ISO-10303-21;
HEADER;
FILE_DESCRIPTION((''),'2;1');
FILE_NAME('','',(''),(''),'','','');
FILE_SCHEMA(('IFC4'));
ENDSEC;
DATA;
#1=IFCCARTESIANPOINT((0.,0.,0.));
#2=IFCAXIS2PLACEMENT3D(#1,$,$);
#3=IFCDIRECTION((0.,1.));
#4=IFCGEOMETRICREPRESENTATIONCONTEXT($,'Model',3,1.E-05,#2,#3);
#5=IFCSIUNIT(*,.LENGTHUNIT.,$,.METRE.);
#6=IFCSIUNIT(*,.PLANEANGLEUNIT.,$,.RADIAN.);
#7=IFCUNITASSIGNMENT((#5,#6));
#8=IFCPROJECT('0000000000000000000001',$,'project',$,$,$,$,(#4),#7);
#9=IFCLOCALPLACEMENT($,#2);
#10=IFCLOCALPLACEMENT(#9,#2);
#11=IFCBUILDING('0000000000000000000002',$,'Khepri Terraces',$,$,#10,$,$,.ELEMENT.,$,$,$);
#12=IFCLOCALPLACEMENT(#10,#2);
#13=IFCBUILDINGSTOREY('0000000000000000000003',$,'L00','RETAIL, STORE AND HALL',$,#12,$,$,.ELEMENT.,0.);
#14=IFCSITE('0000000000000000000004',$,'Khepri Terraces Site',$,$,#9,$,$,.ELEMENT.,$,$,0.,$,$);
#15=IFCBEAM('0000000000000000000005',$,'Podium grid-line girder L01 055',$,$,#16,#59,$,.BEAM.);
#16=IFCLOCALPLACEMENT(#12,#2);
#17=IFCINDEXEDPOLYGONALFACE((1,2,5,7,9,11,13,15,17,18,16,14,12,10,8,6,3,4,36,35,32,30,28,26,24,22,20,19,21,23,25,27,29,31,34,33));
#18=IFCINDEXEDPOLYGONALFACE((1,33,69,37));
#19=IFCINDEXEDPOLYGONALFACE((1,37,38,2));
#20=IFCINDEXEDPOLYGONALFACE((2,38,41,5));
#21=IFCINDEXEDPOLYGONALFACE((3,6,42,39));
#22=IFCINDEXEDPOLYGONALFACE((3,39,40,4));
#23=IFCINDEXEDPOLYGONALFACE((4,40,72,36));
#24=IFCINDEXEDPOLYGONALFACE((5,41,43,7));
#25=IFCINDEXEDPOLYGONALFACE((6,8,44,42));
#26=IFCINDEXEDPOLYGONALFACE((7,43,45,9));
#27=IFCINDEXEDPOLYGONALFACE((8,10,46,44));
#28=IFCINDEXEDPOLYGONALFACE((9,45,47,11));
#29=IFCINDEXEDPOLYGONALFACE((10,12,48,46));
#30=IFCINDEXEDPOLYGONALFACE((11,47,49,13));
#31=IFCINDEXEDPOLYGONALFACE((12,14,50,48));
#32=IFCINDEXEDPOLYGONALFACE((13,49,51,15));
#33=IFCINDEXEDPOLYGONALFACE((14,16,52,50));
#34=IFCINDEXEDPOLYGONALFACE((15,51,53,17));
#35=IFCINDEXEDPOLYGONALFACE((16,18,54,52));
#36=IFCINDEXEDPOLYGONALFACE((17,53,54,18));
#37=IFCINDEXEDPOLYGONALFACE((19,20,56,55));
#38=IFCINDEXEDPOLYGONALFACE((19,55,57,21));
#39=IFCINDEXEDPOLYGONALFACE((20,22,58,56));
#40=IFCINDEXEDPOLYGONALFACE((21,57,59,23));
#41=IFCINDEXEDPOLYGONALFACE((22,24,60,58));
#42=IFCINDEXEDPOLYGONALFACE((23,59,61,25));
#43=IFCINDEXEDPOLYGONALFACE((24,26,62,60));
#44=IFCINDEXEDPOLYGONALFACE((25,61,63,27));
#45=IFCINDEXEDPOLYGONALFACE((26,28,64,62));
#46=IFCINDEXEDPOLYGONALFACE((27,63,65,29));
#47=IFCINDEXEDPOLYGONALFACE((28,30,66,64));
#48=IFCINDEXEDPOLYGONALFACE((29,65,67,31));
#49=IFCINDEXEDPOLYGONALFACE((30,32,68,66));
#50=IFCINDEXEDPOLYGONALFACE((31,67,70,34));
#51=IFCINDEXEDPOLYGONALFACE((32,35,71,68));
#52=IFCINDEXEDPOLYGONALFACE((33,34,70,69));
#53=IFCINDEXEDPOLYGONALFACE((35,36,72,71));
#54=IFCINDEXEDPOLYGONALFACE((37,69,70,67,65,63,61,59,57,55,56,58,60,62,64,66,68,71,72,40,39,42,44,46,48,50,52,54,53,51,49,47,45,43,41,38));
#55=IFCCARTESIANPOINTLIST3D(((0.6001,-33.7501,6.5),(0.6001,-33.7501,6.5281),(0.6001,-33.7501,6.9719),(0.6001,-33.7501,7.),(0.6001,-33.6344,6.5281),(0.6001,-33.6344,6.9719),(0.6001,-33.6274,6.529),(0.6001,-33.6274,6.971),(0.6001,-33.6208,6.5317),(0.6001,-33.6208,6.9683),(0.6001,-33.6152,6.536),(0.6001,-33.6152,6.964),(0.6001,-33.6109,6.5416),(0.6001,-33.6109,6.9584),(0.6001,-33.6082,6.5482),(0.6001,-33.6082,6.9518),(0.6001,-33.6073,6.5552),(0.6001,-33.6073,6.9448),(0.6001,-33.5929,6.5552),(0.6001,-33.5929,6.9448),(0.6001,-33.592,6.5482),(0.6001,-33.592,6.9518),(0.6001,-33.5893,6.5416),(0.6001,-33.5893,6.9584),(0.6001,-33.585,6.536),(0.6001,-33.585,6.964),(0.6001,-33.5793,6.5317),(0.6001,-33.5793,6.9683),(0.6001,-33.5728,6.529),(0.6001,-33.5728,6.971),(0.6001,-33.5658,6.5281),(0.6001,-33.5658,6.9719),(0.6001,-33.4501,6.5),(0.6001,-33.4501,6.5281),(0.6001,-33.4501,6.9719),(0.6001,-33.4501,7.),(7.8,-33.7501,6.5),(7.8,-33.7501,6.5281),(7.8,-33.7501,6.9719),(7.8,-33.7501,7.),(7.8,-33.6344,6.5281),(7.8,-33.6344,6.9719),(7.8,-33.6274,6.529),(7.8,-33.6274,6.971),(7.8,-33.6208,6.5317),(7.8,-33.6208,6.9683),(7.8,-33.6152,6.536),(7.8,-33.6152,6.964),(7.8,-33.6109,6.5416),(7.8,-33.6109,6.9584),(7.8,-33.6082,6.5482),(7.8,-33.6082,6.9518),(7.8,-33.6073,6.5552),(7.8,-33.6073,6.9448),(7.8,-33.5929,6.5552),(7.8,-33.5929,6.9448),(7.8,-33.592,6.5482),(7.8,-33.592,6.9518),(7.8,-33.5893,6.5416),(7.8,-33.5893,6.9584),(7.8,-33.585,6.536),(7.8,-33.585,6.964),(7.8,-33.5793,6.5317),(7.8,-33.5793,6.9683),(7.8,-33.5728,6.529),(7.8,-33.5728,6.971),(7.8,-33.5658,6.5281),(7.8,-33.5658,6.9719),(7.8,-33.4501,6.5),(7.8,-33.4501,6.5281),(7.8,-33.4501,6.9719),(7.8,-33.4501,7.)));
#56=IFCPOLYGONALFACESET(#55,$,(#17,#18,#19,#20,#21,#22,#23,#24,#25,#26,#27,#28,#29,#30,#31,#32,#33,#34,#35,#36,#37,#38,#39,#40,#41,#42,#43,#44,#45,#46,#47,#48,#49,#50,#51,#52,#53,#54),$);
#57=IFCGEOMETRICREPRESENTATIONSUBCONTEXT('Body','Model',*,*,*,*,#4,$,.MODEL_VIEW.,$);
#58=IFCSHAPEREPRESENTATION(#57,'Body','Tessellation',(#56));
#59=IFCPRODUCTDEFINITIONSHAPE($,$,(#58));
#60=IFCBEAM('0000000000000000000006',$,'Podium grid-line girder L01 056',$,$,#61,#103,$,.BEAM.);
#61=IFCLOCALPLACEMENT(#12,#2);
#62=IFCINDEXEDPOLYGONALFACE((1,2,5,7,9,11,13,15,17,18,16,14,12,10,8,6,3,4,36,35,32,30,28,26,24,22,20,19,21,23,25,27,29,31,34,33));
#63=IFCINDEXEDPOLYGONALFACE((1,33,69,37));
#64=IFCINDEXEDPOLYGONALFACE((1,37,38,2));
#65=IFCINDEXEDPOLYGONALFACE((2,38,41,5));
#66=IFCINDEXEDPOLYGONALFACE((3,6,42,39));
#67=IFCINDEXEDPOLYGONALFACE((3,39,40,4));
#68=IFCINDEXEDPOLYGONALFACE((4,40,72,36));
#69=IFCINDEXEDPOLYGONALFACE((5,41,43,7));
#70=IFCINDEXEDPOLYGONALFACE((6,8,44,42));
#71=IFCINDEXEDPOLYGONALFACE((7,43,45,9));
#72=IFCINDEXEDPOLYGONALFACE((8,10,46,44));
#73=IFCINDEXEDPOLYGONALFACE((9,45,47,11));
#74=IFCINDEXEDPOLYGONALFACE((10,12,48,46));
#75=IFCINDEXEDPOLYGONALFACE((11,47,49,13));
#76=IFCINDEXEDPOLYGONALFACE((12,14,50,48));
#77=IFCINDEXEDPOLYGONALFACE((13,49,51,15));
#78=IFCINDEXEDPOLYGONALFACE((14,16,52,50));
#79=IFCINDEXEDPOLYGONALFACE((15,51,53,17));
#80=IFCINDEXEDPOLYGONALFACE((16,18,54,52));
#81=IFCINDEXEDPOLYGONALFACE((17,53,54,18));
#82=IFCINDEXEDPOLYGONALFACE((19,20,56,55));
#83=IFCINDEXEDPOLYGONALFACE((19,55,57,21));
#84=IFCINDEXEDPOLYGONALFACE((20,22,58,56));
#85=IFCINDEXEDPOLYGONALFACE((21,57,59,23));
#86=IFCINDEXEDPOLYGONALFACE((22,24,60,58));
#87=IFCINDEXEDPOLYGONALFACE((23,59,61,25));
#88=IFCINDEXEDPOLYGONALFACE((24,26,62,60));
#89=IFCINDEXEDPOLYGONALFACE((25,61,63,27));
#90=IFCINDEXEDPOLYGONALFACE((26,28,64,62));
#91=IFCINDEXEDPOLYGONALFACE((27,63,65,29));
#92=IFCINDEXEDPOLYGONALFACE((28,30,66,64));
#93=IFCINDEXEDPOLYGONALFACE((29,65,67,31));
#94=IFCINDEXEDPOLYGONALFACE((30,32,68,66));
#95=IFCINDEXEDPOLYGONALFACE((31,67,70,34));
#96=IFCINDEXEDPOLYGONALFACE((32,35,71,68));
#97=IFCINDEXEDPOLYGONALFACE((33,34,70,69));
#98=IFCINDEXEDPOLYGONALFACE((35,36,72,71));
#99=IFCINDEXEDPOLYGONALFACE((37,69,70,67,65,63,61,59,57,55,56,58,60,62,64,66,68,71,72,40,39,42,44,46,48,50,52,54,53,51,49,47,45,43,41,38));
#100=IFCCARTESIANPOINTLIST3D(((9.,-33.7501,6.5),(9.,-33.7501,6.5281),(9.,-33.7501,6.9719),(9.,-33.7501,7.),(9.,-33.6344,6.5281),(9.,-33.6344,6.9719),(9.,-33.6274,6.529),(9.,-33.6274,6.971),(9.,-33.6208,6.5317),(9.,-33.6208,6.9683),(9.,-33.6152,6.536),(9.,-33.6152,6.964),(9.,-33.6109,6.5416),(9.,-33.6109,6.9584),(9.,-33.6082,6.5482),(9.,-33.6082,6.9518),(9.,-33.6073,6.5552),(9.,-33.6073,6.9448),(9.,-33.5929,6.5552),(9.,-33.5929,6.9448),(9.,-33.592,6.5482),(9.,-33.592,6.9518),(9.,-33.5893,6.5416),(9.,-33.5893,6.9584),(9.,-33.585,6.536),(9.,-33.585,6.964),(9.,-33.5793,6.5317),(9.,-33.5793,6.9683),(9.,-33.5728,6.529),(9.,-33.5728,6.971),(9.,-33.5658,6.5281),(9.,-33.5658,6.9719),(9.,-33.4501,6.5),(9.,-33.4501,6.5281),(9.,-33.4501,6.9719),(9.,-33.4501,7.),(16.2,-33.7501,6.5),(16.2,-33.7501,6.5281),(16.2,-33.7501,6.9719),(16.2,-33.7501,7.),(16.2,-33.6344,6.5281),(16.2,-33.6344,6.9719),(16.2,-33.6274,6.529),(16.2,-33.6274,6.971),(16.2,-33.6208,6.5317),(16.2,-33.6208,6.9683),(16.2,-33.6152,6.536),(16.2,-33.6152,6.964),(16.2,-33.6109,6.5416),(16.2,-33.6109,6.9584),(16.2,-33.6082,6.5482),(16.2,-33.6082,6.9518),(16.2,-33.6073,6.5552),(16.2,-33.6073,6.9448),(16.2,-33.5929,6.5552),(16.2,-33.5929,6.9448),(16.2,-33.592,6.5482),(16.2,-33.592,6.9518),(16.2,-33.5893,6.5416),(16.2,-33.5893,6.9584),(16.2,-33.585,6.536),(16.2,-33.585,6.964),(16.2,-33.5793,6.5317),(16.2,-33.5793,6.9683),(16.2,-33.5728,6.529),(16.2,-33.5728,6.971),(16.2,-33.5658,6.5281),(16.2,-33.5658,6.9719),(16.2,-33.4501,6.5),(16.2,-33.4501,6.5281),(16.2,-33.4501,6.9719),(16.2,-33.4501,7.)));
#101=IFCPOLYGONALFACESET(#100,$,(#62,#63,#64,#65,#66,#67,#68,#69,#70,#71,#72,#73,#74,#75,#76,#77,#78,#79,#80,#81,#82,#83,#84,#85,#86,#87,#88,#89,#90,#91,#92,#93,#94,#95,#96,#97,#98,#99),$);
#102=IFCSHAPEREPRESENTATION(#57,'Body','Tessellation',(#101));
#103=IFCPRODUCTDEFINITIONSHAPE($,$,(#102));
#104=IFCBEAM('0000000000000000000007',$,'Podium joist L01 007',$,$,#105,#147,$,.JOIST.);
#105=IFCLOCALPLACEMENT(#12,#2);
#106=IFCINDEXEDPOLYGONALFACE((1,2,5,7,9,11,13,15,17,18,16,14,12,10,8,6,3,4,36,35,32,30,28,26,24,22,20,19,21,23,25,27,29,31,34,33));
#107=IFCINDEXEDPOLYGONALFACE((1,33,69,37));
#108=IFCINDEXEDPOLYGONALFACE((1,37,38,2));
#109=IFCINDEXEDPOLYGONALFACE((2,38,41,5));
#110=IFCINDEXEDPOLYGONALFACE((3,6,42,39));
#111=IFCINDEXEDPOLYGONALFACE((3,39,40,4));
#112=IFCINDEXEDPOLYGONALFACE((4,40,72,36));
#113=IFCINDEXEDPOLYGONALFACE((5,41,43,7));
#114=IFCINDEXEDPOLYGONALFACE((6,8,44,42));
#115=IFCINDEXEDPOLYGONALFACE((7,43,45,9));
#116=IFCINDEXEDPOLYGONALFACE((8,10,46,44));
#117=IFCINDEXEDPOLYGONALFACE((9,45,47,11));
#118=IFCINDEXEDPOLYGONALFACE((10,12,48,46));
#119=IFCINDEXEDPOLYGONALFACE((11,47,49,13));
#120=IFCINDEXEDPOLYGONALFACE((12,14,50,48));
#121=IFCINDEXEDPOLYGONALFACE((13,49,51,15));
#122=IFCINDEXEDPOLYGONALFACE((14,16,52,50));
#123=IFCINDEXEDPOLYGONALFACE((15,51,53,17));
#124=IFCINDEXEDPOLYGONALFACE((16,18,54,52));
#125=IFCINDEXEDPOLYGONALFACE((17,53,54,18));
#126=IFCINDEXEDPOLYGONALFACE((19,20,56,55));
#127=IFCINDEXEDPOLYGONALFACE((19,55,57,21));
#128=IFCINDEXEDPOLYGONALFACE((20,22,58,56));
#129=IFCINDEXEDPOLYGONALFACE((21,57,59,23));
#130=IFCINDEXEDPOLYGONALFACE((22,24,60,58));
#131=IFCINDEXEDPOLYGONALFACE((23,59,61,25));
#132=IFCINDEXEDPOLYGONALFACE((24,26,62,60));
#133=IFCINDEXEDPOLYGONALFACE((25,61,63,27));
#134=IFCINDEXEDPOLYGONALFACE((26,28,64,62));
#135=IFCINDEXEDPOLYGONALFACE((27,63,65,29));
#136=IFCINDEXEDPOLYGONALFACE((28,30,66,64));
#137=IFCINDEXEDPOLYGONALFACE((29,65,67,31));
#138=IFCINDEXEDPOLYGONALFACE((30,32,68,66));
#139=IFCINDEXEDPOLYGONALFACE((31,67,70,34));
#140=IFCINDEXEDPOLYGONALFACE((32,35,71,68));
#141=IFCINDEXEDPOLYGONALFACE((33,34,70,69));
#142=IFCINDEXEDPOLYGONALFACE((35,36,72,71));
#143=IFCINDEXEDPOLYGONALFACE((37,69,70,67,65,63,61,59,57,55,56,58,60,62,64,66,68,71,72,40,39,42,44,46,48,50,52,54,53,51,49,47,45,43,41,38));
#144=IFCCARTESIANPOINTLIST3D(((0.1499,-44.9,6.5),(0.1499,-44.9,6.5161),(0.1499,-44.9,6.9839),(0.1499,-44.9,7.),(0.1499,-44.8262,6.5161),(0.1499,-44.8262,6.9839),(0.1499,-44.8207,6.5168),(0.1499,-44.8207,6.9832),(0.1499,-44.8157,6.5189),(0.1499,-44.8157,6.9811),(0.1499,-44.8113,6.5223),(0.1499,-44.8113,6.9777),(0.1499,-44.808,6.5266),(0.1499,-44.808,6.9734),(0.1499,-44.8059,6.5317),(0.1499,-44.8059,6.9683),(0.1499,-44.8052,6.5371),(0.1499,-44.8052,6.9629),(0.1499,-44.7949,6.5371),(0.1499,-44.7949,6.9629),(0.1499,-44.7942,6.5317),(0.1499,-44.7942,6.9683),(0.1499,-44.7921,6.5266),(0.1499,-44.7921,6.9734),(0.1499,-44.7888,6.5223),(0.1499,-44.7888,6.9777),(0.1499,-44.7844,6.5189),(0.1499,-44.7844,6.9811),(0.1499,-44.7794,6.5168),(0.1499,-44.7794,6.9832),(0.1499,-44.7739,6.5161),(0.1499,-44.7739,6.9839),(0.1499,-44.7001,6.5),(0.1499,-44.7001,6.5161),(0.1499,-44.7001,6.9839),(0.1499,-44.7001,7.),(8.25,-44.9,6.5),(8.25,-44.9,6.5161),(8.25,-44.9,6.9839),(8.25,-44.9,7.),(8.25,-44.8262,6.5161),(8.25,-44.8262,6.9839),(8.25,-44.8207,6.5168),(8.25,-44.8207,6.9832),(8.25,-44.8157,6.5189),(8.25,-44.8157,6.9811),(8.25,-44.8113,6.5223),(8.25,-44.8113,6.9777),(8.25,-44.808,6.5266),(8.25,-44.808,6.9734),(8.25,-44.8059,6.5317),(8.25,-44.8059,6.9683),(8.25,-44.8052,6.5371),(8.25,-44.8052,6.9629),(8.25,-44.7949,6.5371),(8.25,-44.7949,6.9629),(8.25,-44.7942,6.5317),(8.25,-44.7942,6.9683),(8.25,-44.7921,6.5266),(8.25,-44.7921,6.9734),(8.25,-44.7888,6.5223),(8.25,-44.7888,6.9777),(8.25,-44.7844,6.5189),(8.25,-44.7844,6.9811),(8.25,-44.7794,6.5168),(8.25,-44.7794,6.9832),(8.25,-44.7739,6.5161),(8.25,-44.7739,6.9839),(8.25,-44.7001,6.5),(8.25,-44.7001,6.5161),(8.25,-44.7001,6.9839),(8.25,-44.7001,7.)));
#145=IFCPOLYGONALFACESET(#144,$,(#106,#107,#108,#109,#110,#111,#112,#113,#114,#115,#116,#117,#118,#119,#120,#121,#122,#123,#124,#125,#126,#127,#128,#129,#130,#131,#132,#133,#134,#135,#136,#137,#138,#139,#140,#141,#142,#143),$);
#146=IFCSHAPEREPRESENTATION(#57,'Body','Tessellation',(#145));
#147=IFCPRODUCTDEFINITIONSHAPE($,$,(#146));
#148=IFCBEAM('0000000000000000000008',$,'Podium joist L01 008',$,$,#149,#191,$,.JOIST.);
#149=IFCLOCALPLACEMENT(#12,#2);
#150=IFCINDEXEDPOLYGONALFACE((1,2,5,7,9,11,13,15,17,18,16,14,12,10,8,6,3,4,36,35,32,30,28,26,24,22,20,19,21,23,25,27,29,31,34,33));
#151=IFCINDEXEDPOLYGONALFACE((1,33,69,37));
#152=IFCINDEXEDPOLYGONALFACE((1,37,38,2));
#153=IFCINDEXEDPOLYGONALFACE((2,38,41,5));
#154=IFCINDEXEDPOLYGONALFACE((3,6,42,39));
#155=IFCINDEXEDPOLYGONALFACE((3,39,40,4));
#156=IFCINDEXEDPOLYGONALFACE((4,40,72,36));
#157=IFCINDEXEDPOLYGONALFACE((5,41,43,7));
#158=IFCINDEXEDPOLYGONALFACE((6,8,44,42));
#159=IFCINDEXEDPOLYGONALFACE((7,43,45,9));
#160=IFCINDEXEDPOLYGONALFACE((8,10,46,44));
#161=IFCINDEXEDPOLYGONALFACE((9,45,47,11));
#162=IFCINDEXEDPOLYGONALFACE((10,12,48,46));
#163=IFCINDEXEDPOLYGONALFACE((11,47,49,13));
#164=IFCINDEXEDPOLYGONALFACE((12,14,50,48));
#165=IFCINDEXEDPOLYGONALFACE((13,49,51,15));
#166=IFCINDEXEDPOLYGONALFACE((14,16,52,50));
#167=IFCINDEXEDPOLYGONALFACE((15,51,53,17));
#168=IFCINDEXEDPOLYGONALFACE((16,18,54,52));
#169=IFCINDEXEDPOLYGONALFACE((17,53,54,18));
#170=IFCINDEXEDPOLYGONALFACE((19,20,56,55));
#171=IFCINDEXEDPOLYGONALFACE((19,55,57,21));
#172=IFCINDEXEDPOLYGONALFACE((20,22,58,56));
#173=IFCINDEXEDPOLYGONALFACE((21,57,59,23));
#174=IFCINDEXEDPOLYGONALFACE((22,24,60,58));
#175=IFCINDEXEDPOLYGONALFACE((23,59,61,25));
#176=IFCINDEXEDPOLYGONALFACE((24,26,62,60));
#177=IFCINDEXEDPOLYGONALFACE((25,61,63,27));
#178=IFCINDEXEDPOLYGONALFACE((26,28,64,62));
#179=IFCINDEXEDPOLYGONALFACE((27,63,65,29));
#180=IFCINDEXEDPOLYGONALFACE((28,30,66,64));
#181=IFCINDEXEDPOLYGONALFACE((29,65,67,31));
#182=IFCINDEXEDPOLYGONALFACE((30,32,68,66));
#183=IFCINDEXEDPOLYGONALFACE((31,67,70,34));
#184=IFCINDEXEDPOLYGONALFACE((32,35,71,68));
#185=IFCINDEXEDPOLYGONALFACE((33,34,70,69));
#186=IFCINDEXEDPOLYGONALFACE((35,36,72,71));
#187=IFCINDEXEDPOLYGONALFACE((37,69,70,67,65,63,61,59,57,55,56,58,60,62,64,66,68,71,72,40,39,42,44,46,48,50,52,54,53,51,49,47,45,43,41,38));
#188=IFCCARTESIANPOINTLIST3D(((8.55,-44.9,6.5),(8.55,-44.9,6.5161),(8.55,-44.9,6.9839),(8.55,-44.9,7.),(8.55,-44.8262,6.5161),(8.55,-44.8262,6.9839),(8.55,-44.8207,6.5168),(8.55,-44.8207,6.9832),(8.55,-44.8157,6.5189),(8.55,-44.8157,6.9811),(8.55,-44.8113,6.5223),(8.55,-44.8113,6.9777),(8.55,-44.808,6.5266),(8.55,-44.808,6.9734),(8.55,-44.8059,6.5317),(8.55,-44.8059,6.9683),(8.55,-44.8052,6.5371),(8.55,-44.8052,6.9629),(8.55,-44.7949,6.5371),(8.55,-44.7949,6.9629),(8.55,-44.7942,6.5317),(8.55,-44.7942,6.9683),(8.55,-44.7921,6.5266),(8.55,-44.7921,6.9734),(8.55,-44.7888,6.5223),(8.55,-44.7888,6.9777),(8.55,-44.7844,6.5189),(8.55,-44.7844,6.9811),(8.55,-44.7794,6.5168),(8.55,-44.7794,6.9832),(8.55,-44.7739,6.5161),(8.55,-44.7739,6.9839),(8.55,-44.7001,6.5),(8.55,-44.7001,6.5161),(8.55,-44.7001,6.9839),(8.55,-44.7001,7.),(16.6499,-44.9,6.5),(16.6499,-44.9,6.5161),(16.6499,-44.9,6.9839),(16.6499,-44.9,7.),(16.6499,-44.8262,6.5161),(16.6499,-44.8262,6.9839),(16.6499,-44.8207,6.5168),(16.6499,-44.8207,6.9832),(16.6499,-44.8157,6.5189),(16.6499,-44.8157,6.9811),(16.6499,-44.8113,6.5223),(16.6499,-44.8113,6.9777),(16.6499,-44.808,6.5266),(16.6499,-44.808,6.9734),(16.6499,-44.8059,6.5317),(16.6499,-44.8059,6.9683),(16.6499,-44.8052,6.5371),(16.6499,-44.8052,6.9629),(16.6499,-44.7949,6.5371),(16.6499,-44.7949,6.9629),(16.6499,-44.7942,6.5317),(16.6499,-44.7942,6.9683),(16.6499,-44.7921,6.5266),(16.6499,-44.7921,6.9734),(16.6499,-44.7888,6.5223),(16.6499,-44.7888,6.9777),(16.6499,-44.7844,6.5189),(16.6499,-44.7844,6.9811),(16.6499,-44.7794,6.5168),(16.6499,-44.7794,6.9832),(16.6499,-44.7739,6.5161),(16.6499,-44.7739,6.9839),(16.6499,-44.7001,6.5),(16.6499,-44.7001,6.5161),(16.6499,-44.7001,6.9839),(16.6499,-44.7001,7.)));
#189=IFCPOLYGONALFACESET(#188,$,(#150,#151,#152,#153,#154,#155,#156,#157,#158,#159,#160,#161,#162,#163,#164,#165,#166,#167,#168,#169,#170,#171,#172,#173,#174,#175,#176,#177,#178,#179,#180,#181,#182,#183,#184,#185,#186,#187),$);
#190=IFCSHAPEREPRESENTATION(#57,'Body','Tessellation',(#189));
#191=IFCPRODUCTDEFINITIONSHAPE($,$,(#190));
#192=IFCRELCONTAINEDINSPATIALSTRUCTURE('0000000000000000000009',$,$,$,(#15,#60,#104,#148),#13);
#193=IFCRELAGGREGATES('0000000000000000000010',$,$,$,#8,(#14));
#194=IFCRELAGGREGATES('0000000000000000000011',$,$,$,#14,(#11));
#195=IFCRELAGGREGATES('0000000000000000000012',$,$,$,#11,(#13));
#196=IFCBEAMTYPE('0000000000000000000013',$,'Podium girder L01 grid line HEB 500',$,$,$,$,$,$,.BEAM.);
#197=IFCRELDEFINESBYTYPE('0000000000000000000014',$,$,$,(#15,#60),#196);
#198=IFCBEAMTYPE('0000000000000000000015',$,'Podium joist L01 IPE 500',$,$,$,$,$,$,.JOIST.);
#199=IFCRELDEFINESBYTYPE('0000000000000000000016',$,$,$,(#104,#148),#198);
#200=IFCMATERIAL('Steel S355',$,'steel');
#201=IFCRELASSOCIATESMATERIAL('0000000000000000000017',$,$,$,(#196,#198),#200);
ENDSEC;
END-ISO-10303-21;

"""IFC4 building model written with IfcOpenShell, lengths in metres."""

from ifc_helpers import new_model, si_unit, direction, frame, origin, origin_2d, place, context, subcontext, project, spatial, i_section, extrude, material, material_profile, profile_set, type_object, element, save


model = new_model("IFC4")

# Units and contexts
model_context = context("Model", 3, precision=1e-05, world=origin(), true_north=direction((0.0, 1.0)))
body_context = subcontext(model_context, "Body", "Model", "MODEL_VIEW")
ifc_project = project(units=[si_unit("LENGTHUNIT", "METRE"), si_unit("PLANEANGLEUNIT", "RADIAN")], contexts=[model_context])

# Site, building, storey
site_placement = place(None, origin())
site = spatial("IfcSite", under=ifc_project, at=site_placement, Name="Khepri Terraces Site", CompositionType="ELEMENT", RefElevation=0.0)
building_placement = place(site_placement, origin())
building = spatial("IfcBuilding", under=site, at=building_placement, Name="Khepri Terraces", CompositionType="ELEMENT")
storey_placement = place(building_placement, origin())
storey = spatial("IfcBuildingStorey", under=building, at=storey_placement, Name="L00", Description="RETAIL, STORE AND HALL", CompositionType="ELEMENT", Elevation=0.0)

# Beams
ifc_material_1 = material(Name="Steel S355", Category="steel")
ifc_material_profile_1 = material_profile(ifc_material_1, i_section(OverallWidth=0.3, OverallDepth=0.5, WebThickness=0.0144, FlangeThickness=0.0281, FilletRadius=0.0271, at=origin_2d()), Name="Steel S355", Category="steel")
ifc_profile_set_1 = profile_set([ifc_material_profile_1], Name="Steel S355")
beam_type_1 = type_object("IfcBeamType", Name="Podium girder L01 grid line HEB 500", PredefinedType="BEAM", material=ifc_profile_set_1)
for number, where, z_axis, x_axis, name in (
    (1, (0.6001, -33.6001, 6.75), (1.0, 0.0, 0.0), (0.0, 1.0, 0.0), "Podium grid-line girder L01 055"),
    (2, (9.0, -33.6001, 6.75), (1.0, 0.0, 0.0), (0.0, 1.0, 0.0), "Podium grid-line girder L01 056"),
):
    element("IfcBeam", number, at=place(storey_placement, frame(where, z_axis=z_axis, x_axis=x_axis)), inside=storey, type_object=beam_type_1, Name=name, PredefinedType="BEAM", context=body_context, shape_type="SweptSolid", body=[
        extrude(i_section(OverallWidth=0.3, OverallDepth=0.5, WebThickness=0.0144, FlangeThickness=0.0281, FilletRadius=0.0271, at=origin_2d()), origin(), (0.0, 0.0, 1.0), 7.2),
    ])
ifc_material_profile_2 = material_profile(ifc_material_1, i_section(OverallWidth=0.2, OverallDepth=0.5, WebThickness=0.0103, FlangeThickness=0.0161, FilletRadius=0.021, at=origin_2d()), Name="Steel S355", Category="steel")
ifc_profile_set_2 = profile_set([ifc_material_profile_2], Name="Steel S355")
beam_type_2 = type_object("IfcBeamType", Name="Podium joist L01 IPE 500", PredefinedType="JOIST", material=ifc_profile_set_2)
beam_1_placement = place(storey_placement, frame((0.1499, -44.8, 6.75), z_axis=(1.0, 0.0, 0.0), x_axis=(0.0, 1.0, 0.0)))
element("IfcBeam", 3, at=beam_1_placement, inside=storey, type_object=beam_type_2, Name="Podium joist L01 007", PredefinedType="JOIST", context=body_context, shape_type="SweptSolid", body=[
    extrude(i_section(OverallWidth=0.2, OverallDepth=0.5, WebThickness=0.0103, FlangeThickness=0.0161, FilletRadius=0.021, at=origin_2d()), origin(), (0.0, 0.0, 1.0), 8.1001),
])
beam_2_placement = place(storey_placement, frame((8.55, -44.8, 6.75), z_axis=(1.0, 0.0, 0.0), x_axis=(0.0, 1.0, 0.0)))
element("IfcBeam", 4, at=beam_2_placement, inside=storey, type_object=beam_type_2, Name="Podium joist L01 008", PredefinedType="JOIST", context=body_context, shape_type="SweptSolid", body=[
    extrude(i_section(OverallWidth=0.2, OverallDepth=0.5, WebThickness=0.0103, FlangeThickness=0.0161, FilletRadius=0.021, at=origin_2d()), origin(), (0.0, 0.0, 1.0), 8.0999),
])

save(model, "model.ifc")
